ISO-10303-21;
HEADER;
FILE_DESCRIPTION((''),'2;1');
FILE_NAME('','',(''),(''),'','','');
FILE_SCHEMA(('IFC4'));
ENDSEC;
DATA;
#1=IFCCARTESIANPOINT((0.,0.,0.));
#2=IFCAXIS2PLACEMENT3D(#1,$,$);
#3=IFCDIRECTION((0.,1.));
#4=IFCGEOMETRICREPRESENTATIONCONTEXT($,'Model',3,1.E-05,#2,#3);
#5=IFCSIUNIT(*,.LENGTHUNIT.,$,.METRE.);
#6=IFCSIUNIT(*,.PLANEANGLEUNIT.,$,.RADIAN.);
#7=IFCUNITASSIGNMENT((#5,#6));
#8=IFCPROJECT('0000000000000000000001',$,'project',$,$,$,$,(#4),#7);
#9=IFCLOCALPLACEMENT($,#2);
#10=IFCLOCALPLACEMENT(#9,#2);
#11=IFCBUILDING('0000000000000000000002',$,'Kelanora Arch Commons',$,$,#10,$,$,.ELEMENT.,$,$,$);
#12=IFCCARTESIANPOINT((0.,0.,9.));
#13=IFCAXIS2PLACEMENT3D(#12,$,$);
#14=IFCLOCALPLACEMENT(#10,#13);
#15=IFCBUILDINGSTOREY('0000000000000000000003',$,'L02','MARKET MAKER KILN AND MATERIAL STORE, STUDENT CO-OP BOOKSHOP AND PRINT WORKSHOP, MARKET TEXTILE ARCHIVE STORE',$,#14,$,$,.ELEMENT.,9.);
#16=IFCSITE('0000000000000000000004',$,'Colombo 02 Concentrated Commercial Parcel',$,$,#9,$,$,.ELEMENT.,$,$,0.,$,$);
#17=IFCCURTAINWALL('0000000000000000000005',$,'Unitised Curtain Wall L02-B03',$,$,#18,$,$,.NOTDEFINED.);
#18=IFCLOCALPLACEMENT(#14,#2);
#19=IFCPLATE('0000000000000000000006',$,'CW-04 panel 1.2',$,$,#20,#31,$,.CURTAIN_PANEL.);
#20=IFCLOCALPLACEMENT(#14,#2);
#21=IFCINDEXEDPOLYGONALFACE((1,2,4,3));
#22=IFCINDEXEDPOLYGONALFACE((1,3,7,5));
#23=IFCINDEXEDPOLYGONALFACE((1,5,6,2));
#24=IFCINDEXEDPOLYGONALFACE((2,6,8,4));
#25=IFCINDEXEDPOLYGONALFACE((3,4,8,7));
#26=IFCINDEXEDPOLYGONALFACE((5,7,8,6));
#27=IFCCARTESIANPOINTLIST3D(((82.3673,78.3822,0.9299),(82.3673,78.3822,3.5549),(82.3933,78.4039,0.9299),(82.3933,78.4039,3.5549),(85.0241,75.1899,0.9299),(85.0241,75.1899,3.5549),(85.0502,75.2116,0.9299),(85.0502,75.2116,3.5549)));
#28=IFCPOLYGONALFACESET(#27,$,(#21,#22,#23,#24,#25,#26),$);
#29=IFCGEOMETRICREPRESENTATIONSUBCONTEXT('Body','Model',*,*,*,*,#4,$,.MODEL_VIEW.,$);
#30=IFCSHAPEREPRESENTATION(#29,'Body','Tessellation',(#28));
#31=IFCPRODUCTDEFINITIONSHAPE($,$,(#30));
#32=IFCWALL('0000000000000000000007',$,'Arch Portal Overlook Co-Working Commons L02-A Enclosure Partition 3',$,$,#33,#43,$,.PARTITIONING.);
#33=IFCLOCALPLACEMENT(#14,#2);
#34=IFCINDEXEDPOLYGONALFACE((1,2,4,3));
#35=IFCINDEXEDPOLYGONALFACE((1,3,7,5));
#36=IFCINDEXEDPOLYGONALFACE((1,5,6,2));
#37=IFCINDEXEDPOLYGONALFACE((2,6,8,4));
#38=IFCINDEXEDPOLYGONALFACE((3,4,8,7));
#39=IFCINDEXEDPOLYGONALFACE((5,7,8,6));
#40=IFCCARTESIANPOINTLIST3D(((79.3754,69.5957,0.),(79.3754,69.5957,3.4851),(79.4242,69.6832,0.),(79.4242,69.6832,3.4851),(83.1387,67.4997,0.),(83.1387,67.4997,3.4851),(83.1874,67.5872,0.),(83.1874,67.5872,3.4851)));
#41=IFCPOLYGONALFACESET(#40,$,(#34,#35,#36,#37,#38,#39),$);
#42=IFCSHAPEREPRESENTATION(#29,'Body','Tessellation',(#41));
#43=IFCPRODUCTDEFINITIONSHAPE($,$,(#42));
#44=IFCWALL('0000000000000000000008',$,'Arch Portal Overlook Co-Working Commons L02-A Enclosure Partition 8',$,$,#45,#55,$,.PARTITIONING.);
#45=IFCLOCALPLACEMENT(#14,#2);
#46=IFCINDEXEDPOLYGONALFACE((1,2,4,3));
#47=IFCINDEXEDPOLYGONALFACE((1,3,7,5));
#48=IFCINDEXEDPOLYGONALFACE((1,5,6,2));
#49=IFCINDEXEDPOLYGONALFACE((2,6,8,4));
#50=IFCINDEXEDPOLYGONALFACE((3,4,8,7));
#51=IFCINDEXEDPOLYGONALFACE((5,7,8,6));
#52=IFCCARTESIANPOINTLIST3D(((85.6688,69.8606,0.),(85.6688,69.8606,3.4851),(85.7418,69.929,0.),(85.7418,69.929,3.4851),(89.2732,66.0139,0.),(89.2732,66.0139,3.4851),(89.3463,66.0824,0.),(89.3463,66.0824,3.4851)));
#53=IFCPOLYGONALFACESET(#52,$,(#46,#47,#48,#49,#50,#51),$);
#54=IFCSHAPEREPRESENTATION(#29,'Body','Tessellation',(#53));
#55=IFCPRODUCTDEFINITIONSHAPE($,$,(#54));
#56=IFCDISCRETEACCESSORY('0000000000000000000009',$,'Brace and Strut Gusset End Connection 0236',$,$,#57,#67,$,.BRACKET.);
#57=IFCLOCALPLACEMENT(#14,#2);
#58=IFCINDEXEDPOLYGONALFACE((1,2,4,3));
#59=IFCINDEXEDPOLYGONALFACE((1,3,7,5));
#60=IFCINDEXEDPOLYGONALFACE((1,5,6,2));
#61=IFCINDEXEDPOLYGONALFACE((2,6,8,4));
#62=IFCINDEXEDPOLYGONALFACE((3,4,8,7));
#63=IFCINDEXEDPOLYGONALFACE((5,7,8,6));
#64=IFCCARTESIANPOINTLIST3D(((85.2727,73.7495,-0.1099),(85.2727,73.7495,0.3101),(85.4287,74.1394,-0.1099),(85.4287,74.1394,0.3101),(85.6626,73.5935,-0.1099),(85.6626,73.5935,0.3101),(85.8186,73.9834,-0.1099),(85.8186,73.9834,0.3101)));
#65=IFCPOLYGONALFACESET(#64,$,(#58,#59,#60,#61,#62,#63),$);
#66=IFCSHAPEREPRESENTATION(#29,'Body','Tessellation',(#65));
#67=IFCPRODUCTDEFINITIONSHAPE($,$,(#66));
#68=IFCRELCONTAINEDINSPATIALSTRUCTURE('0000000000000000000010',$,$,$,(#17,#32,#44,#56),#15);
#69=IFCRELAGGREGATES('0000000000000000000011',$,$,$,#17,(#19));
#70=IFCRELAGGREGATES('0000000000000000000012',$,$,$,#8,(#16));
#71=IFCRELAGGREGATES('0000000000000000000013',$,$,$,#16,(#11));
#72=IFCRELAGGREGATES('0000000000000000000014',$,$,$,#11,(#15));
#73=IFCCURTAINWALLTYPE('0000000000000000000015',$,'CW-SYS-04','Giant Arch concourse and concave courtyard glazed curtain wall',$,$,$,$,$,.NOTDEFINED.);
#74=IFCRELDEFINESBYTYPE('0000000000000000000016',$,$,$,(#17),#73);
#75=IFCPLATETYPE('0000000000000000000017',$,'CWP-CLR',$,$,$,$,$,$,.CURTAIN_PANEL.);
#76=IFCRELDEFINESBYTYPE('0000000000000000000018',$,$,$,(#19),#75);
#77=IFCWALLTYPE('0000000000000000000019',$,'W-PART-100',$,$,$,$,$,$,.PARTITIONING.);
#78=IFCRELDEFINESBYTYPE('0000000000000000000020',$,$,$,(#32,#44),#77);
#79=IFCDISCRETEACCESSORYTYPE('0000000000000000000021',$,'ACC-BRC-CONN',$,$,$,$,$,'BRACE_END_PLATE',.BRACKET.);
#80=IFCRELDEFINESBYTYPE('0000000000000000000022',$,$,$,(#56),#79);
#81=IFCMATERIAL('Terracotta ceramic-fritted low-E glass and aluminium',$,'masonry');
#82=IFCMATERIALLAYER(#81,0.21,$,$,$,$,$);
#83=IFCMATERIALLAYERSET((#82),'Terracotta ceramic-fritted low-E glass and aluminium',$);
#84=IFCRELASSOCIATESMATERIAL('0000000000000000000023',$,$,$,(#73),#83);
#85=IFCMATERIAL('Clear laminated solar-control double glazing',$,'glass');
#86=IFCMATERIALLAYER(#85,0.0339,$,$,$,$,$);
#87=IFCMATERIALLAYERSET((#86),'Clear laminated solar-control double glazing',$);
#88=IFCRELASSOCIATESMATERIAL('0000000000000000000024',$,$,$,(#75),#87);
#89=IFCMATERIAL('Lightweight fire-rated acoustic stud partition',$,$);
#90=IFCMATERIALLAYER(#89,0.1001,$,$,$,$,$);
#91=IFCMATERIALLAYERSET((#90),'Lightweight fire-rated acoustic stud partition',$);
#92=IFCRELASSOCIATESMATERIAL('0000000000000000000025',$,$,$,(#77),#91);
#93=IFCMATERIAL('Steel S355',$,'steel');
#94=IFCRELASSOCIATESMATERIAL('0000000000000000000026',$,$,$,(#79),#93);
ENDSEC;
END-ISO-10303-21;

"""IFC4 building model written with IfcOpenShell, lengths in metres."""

from ifc_helpers import new_model, si_unit, direction, frame, frame_2d, origin, origin_2d, place, context, subcontext, project, spatial, rectangle, extrude, source, transform, mapped, material, layer, layer_set, type_object, element, aggregate, save


model = new_model("IFC4")

# Units and contexts
model_context = context("Model", 3, precision=1e-05, world=origin(), true_north=direction((0.0, 1.0)))
body_context = subcontext(model_context, "Body", "Model", "MODEL_VIEW")
ifc_project = project(units=[si_unit("LENGTHUNIT", "METRE"), si_unit("PLANEANGLEUNIT", "RADIAN")], contexts=[model_context])

# Site, building, storey
site_placement = place(None, origin())
site = spatial("IfcSite", under=ifc_project, at=site_placement, Name="Colombo 02 Concentrated Commercial Parcel", CompositionType="ELEMENT", RefElevation=0.0)
building_placement = place(site_placement, origin())
building = spatial("IfcBuilding", under=site, at=building_placement, Name="Kelanora Arch Commons", CompositionType="ELEMENT")
storey_placement = place(building_placement, frame((0.0, 0.0, 9.0)))
storey = spatial("IfcBuildingStorey", under=building, at=storey_placement, Name="L02", Description="MARKET MAKER KILN AND MATERIAL STORE, STUDENT CO-OP BOOKSHOP AND PRINT WORKSHOP, MARKET TEXTILE ARCHIVE STORE", CompositionType="ELEMENT", Elevation=9.0)

# Shared definitions
ifc_material_1 = material(Name="Steel S355", Category="steel")

# Curtain wall
ifc_material_2 = material(Name="Terracotta ceramic-fritted low-E glass and aluminium", Category="masonry")
ifc_layer_1 = layer(ifc_material_2, 0.21)
ifc_layer_set_1 = layer_set([ifc_layer_1], Name="Terracotta ceramic-fritted low-E glass and aluminium")
curtain_wall_type = type_object("IfcCurtainWallType", Name="CW-SYS-04", Description="Giant Arch concourse and concave courtyard glazed curtain wall", PredefinedType="NOTDEFINED", material=ifc_layer_set_1)
curtain_wall_1_placement = place(storey_placement, origin())
curtain_wall_1 = element("IfcCurtainWall", 1, at=curtain_wall_1_placement, inside=storey, type_object=curtain_wall_type, Name="Unitised Curtain Wall L02-B03", PredefinedType="NOTDEFINED")

# Plate
ifc_material_3 = material(Name="Clear laminated solar-control double glazing", Category="glass")
ifc_layer_2 = layer(ifc_material_3, 0.0339)
ifc_layer_set_2 = layer_set([ifc_layer_2], Name="Clear laminated solar-control double glazing")
plate_type = type_object("IfcPlateType", Name="CWP-CLR", PredefinedType="CURTAIN_PANEL", material=ifc_layer_set_2)
shared_shape_1 = source(origin(), body_context, "Body", "SweptSolid", [
    extrude(rectangle(XDim=4.1533, YDim=0.0339, at=origin_2d()), origin(), (0.0, 0.0, 1.0), 2.625),
])
plate_1_placement = place(storey_placement, frame((83.7087, 76.7969, 0.9299), z_axis=(0.0, 0.0, 1.0), x_axis=(-0.639702, 0.768623, 0.0)))
plate_1 = element("IfcPlate", 2, at=plate_1_placement, type_object=plate_type, Name="CW-04 panel 1.2", PredefinedType="CURTAIN_PANEL", context=body_context, shape_type="MappedRepresentation", body=[
    mapped(shared_shape_1, transform((0.0, 0.0, 0.0), scale=1.0)),
])
aggregate(curtain_wall_1, [plate_1])

# Walls
ifc_material_4 = material(Name="Lightweight fire-rated acoustic stud partition")
ifc_layer_3 = layer(ifc_material_4, 0.1001)
ifc_layer_set_3 = layer_set([ifc_layer_3], Name="Lightweight fire-rated acoustic stud partition")
wall_type = type_object("IfcWallType", Name="W-PART-100", PredefinedType="PARTITIONING", material=ifc_layer_set_3)
wall_1_placement = place(storey_placement, frame((83.1631, 67.5435, 0.0), z_axis=(0.0, 0.0, 1.0), x_axis=(-0.873635, 0.486581, 0.0)))
element("IfcWall", 3, at=wall_1_placement, inside=storey, type_object=wall_type, Name="Arch Portal Overlook Co-Working Commons L02-A Enclosure Partition 3", PredefinedType="PARTITIONING", context=body_context, shape_type="SweptSolid", body=[
    extrude(rectangle(XDim=4.3076, YDim=0.1001, at=frame_2d((2.1538, 0.0))), origin(), (0.0, 0.0, 1.0), 3.4851),
])
wall_2_placement = place(storey_placement, frame((85.7053, 69.8948, 0.0), z_axis=(0.0, 0.0, 1.0), x_axis=(0.683762, -0.729705, 0.0)))
element("IfcWall", 4, at=wall_2_placement, inside=storey, type_object=wall_type, Name="Arch Portal Overlook Co-Working Commons L02-A Enclosure Partition 8", PredefinedType="PARTITIONING", context=body_context, shape_type="SweptSolid", body=[
    extrude(rectangle(XDim=5.2715, YDim=0.1001, at=frame_2d((2.6357, 0.0))), origin(), (0.0, 0.0, 1.0), 3.4851),
])

# Discrete accessory
discrete_accessory_type = type_object("IfcDiscreteAccessoryType", Name="ACC-BRC-CONN", ElementType="BRACE_END_PLATE", PredefinedType="BRACKET", material=ifc_material_1)
shared_shape_2 = source(origin(), body_context, "Body", "SweptSolid", [
    extrude(rectangle(XDim=0.4199, YDim=0.4199, at=origin_2d()), origin(), (0.0, 0.0, 1.0), 0.4199),
])
discrete_accessory_placement = place(storey_placement, frame((85.5457, 73.8665, -0.1099), z_axis=(0.0, 0.0, 1.0), x_axis=(0.371368, 0.928486, 0.0)))
element("IfcDiscreteAccessory", 5, at=discrete_accessory_placement, inside=storey, type_object=discrete_accessory_type, Name="Brace and Strut Gusset End Connection 0236", PredefinedType="BRACKET", context=body_context, shape_type="MappedRepresentation", body=[
    mapped(shared_shape_2, transform((0.0, 0.0, 0.0), scale=1.0)),
])

save(model, "model.ifc")
